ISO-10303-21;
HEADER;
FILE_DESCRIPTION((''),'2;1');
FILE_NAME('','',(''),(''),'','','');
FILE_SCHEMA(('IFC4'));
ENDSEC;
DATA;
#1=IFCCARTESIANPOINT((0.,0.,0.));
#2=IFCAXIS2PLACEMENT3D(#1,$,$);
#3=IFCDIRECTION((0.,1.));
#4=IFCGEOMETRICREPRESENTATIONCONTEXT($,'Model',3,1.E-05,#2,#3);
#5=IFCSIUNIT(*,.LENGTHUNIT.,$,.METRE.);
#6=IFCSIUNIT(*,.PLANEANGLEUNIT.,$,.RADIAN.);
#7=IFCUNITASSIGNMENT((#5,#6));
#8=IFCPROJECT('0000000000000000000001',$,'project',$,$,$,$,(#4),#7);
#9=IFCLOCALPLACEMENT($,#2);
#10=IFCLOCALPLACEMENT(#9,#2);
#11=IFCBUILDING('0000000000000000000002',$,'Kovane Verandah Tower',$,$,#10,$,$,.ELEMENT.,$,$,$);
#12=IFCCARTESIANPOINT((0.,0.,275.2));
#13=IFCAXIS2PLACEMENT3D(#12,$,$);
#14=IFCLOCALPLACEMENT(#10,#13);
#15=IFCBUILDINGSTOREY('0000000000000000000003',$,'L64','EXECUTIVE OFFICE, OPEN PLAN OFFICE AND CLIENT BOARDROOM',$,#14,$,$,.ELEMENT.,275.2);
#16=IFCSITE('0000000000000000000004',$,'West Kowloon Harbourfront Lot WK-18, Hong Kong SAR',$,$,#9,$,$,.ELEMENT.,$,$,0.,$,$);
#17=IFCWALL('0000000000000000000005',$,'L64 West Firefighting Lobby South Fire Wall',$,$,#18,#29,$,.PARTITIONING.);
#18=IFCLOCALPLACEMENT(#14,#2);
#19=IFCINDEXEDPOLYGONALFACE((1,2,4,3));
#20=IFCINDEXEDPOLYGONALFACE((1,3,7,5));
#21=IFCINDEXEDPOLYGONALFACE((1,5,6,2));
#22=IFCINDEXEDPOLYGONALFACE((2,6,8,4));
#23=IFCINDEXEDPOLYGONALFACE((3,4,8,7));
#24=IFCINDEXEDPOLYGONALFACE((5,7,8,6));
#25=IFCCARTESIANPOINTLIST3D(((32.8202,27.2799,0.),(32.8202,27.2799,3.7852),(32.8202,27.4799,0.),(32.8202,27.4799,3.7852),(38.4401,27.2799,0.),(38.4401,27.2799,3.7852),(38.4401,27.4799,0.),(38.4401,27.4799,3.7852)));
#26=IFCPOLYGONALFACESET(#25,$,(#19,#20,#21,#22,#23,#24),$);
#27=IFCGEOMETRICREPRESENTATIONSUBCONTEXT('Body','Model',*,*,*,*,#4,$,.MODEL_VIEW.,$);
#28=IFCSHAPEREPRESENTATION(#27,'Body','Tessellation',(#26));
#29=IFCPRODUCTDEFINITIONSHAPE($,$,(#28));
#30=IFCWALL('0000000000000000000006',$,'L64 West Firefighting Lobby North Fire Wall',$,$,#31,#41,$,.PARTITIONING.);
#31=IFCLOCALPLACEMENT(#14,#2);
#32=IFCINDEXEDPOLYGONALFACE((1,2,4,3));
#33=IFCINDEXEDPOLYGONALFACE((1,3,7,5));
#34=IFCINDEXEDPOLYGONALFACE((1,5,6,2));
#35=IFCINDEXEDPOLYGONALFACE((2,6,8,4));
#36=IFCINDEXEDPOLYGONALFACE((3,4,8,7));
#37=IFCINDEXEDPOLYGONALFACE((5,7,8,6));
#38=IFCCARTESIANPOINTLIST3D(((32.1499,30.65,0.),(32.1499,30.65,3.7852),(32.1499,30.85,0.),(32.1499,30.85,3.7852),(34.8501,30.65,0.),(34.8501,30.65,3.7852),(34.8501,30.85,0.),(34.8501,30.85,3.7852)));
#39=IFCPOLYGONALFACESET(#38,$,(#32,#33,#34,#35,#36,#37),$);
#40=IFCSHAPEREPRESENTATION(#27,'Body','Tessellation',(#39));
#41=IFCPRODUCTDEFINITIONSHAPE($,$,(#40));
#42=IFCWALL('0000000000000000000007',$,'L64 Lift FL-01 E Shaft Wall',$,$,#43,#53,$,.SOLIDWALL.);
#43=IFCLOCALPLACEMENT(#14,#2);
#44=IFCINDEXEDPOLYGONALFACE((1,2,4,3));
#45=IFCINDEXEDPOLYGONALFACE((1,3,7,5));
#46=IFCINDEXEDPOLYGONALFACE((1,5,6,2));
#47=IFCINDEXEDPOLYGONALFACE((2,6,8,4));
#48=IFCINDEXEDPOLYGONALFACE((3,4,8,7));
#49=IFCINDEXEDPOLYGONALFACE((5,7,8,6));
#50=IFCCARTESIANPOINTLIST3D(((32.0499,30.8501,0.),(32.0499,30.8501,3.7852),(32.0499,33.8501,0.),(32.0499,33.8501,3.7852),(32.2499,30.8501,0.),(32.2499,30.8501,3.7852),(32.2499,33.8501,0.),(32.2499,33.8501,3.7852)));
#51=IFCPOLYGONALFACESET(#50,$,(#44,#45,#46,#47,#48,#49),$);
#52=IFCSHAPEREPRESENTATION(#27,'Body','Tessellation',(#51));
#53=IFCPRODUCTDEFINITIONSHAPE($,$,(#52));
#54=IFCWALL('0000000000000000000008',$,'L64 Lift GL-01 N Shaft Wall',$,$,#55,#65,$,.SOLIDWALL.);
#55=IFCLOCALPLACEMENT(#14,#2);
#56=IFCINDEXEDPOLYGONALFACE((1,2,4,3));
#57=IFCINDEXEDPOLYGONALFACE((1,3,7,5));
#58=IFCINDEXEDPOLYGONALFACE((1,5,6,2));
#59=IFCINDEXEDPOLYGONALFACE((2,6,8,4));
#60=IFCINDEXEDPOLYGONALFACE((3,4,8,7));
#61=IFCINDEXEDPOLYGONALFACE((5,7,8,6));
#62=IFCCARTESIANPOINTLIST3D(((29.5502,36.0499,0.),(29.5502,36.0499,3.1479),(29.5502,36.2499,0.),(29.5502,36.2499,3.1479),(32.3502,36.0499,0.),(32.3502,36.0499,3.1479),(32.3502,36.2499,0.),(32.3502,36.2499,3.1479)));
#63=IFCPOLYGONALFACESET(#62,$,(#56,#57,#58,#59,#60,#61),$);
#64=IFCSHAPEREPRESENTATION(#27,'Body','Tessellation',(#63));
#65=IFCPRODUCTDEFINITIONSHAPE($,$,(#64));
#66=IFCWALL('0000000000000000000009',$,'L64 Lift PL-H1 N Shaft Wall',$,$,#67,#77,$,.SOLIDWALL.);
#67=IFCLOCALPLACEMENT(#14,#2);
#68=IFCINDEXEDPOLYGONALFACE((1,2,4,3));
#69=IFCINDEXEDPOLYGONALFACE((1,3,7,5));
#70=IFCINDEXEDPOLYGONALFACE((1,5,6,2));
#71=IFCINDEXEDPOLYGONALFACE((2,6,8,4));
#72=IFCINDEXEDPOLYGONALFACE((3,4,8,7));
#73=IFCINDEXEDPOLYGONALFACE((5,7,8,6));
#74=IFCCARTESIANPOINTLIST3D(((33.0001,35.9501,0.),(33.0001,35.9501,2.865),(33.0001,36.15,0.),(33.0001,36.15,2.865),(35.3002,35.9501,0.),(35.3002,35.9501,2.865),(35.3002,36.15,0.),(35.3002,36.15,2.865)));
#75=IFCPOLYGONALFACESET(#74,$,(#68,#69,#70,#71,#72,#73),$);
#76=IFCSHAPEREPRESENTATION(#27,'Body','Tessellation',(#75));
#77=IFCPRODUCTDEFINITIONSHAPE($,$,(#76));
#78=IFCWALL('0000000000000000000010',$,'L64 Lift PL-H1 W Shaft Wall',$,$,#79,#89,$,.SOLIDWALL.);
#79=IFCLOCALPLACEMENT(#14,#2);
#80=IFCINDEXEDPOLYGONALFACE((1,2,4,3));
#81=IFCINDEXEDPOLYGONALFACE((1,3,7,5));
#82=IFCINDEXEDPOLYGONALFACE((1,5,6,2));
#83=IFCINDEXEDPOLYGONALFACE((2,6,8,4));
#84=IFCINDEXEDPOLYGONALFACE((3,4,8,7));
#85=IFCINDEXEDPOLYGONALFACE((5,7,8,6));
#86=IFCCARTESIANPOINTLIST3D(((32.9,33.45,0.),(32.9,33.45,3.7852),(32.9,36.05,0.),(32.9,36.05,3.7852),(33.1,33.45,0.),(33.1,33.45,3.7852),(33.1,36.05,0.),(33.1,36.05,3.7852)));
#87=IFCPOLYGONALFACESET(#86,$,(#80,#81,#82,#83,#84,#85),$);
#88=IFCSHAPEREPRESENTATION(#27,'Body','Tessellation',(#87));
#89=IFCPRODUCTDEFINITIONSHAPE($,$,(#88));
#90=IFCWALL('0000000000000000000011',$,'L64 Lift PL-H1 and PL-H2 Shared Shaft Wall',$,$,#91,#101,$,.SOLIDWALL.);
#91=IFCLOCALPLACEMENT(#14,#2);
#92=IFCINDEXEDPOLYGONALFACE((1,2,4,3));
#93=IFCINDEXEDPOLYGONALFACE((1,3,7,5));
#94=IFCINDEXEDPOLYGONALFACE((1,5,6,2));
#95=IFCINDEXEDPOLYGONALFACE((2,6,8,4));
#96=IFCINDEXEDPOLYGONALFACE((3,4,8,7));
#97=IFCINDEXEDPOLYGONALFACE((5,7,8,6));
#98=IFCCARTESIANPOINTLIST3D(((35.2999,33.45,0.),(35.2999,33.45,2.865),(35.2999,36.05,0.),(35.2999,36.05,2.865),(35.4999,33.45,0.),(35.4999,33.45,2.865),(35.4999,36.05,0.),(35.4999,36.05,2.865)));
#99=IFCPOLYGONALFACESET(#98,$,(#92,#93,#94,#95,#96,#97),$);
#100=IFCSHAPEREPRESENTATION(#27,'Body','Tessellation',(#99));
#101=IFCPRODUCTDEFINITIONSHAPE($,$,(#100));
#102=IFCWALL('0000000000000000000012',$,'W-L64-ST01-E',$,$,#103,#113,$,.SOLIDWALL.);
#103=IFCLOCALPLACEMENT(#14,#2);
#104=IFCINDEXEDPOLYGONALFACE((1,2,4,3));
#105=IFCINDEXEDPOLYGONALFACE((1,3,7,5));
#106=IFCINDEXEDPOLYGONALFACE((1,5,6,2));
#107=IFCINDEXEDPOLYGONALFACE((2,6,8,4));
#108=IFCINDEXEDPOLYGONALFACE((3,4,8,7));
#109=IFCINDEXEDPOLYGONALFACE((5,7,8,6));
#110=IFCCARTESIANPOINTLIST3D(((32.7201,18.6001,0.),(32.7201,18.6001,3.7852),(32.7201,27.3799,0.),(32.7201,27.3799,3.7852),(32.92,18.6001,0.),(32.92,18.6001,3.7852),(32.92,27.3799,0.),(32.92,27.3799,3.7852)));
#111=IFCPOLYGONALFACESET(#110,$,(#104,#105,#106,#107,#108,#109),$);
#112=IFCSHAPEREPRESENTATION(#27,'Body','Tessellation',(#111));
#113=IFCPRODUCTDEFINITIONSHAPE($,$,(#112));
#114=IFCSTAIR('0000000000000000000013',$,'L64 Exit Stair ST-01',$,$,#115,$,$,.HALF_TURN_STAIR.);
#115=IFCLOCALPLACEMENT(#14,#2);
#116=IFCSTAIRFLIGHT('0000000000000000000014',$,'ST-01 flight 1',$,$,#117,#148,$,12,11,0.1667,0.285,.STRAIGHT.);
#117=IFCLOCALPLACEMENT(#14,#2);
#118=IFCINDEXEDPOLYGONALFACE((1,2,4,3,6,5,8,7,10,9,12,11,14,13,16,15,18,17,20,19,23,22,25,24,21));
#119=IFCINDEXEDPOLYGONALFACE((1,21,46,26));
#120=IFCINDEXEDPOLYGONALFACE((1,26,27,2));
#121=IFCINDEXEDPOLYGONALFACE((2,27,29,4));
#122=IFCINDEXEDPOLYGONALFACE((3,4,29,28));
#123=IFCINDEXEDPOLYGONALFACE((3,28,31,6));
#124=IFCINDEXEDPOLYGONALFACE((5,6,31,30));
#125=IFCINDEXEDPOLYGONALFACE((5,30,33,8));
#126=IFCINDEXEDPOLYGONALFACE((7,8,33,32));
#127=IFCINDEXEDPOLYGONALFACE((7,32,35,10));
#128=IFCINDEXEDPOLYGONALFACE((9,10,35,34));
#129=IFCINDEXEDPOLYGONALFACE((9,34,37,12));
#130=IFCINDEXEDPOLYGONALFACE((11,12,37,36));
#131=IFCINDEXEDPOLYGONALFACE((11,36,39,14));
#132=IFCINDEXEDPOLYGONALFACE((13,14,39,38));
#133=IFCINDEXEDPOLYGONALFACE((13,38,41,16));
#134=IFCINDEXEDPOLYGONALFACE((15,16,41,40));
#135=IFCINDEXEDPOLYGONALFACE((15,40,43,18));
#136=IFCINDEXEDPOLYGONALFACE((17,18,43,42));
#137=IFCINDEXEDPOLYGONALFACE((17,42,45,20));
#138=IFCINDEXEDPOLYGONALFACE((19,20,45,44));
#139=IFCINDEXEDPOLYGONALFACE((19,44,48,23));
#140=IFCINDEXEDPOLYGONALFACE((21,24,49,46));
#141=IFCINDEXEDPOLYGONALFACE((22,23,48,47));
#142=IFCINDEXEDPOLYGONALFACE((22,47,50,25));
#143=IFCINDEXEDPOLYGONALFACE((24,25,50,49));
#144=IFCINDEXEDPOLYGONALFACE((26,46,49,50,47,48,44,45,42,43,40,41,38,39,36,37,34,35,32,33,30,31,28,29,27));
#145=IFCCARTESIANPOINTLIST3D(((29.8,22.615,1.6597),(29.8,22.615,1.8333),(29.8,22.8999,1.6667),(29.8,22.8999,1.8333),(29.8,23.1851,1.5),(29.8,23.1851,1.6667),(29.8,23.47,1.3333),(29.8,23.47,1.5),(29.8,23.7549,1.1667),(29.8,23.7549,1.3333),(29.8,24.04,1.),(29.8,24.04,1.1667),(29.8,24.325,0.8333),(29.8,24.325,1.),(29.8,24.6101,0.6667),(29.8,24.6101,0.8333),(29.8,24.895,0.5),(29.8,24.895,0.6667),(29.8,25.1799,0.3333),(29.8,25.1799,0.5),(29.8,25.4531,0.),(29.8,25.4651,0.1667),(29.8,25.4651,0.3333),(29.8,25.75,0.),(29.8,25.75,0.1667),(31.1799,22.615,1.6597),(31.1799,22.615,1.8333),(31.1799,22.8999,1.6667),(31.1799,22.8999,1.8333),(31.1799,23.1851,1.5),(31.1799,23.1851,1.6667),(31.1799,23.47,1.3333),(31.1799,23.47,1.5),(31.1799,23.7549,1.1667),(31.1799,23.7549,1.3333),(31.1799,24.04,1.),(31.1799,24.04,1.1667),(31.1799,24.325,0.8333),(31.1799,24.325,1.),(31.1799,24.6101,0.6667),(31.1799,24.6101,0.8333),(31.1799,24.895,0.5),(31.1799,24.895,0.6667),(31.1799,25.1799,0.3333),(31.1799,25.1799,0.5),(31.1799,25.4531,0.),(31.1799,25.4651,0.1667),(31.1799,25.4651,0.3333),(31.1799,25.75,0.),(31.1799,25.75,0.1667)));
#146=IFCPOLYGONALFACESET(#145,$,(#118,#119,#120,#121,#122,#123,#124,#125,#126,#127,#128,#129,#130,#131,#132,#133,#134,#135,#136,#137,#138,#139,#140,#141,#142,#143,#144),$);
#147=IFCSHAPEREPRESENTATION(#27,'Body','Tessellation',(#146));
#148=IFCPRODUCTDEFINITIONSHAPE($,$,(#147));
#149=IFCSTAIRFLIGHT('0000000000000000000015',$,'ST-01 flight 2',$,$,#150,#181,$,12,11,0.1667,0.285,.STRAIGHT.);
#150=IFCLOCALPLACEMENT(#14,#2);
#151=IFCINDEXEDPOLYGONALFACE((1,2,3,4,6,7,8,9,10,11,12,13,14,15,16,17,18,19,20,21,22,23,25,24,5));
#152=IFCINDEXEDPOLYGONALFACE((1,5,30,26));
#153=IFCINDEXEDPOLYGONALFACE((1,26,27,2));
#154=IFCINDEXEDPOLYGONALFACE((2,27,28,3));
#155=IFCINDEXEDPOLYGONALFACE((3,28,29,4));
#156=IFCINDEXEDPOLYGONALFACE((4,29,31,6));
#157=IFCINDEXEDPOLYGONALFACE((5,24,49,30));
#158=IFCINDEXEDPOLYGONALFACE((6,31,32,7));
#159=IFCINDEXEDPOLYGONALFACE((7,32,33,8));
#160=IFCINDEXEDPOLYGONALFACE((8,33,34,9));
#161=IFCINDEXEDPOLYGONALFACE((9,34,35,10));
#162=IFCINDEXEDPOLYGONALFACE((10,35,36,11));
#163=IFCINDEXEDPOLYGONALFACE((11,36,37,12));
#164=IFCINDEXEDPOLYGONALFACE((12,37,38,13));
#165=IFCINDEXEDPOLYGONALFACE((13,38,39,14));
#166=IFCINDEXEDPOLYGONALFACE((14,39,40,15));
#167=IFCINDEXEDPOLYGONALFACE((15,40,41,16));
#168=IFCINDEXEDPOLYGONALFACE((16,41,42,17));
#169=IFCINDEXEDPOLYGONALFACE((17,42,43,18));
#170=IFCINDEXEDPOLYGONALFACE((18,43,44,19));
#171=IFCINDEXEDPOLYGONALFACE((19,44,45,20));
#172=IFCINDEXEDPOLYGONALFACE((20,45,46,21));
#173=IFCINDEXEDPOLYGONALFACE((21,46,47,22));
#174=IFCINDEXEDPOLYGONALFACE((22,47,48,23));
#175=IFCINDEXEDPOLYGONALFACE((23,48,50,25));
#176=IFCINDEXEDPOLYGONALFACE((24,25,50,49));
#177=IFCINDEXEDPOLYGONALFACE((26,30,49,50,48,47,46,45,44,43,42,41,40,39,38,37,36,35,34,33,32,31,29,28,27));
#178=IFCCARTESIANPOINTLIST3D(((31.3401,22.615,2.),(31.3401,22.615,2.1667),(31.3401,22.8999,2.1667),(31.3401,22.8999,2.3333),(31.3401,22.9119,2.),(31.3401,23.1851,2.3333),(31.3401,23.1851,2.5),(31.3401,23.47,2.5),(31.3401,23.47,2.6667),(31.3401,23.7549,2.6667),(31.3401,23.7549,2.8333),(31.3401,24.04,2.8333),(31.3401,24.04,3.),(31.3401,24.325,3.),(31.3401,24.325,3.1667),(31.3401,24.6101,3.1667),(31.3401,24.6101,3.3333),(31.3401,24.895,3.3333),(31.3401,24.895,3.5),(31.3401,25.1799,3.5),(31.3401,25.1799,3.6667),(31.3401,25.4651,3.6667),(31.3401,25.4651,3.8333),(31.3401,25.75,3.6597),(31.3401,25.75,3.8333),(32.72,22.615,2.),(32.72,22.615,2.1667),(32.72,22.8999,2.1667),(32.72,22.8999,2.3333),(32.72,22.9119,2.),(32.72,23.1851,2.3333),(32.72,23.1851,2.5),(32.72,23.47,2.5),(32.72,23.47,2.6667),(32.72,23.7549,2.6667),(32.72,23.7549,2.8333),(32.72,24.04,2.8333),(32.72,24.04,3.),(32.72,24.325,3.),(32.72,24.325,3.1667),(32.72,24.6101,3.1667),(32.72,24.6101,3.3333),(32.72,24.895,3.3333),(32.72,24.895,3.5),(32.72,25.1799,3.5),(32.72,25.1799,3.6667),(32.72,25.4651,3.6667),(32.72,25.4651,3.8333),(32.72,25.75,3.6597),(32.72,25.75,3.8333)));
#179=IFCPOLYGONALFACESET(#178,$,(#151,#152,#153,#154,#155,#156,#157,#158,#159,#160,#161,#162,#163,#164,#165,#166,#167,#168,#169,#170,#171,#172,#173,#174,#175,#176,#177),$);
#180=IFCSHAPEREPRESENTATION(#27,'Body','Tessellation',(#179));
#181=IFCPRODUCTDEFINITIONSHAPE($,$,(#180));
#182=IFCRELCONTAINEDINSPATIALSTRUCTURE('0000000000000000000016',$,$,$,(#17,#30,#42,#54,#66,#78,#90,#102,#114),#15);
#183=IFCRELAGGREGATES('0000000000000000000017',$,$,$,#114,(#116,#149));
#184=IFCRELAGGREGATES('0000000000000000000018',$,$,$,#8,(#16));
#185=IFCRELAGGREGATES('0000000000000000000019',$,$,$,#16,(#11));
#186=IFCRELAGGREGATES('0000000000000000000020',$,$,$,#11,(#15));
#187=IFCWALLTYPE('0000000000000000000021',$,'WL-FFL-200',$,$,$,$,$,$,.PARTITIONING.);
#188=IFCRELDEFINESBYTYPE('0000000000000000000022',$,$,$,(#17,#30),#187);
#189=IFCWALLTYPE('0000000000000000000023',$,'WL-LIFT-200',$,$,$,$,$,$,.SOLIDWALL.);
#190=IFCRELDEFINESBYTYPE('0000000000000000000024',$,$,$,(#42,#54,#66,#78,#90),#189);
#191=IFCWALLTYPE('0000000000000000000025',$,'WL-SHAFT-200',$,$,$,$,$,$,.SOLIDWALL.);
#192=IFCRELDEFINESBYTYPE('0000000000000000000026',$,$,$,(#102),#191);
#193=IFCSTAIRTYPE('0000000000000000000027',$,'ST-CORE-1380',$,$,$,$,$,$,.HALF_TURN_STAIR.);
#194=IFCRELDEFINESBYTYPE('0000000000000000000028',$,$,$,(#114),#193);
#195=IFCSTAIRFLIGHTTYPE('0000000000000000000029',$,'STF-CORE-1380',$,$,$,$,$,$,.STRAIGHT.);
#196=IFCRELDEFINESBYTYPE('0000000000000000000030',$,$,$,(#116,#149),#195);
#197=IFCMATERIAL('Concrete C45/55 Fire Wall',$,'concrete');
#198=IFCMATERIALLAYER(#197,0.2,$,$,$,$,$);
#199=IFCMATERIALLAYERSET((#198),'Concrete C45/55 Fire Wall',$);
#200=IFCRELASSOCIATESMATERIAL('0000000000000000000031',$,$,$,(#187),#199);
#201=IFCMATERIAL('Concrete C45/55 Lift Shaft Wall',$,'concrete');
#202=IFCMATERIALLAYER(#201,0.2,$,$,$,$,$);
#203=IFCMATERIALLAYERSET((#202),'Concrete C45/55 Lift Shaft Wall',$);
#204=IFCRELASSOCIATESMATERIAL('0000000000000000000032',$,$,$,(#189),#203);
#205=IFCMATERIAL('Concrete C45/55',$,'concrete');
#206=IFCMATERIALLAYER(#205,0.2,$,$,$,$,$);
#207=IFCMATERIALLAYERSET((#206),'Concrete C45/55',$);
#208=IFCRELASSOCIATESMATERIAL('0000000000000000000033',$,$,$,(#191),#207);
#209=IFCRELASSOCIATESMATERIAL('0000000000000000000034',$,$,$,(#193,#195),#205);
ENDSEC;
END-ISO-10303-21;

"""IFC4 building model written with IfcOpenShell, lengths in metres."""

from ifc_helpers import new_model, si_unit, direction, frame, frame_2d, origin, place, context, subcontext, project, spatial, polyline, rectangle, outline, extrude, material, layer, layer_set, type_object, element, aggregate, save


model = new_model("IFC4")

# Units and contexts
model_context = context("Model", 3, precision=1e-05, world=origin(), true_north=direction((0.0, 1.0)))
body_context = subcontext(model_context, "Body", "Model", "MODEL_VIEW")
ifc_project = project(units=[si_unit("LENGTHUNIT", "METRE"), si_unit("PLANEANGLEUNIT", "RADIAN")], contexts=[model_context])

# Site, building, storey
site_placement = place(None, origin())
site = spatial("IfcSite", under=ifc_project, at=site_placement, Name="West Kowloon Harbourfront Lot WK-18, Hong Kong SAR", CompositionType="ELEMENT", RefElevation=0.0)
building_placement = place(site_placement, origin())
building = spatial("IfcBuilding", under=site, at=building_placement, Name="Kovane Verandah Tower", CompositionType="ELEMENT")
storey_placement = place(building_placement, frame((0.0, 0.0, 275.2)))
storey = spatial("IfcBuildingStorey", under=building, at=storey_placement, Name="L64", Description="EXECUTIVE OFFICE, OPEN PLAN OFFICE AND CLIENT BOARDROOM", CompositionType="ELEMENT", Elevation=275.2)

# Shared definitions
ifc_material_1 = material(Name="Concrete C45/55 Fire Wall", Category="concrete")
ifc_layer_1 = layer(ifc_material_1, 0.2)
ifc_layer_set_1 = layer_set([ifc_layer_1], Name="Concrete C45/55 Fire Wall")
wall_type_1 = type_object("IfcWallType", Name="WL-FFL-200", PredefinedType="PARTITIONING", material=ifc_layer_set_1)

# Walls
wall_1_placement = place(storey_placement, frame((32.8201, 27.3799, 0.0), z_axis=(0.0, 0.0, 1.0), x_axis=(1.0, 0.0, 0.0)))
element("IfcWall", 1, at=wall_1_placement, inside=storey, type_object=wall_type_1, Name="L64 West Firefighting Lobby South Fire Wall", PredefinedType="PARTITIONING", context=body_context, shape_type="SweptSolid", body=[
    extrude(rectangle(XDim=5.6199, YDim=0.2, at=frame_2d((2.8101, 0.0))), origin(), (0.0, 0.0, 1.0), 3.7852),
])
wall_2_placement = place(storey_placement, frame((32.1499, 30.75, 0.0), z_axis=(0.0, 0.0, 1.0), x_axis=(1.0, 0.0, 0.0)))
element("IfcWall", 2, at=wall_2_placement, inside=storey, type_object=wall_type_1, Name="L64 West Firefighting Lobby North Fire Wall", PredefinedType="PARTITIONING", context=body_context, shape_type="SweptSolid", body=[
    extrude(rectangle(XDim=2.7002, YDim=0.2, at=frame_2d((1.3501, 0.0))), origin(), (0.0, 0.0, 1.0), 3.7852),
])
ifc_material_2 = material(Name="Concrete C45/55 Lift Shaft Wall", Category="concrete")
ifc_layer_2 = layer(ifc_material_2, 0.2)
ifc_layer_set_2 = layer_set([ifc_layer_2], Name="Concrete C45/55 Lift Shaft Wall")
wall_type_2 = type_object("IfcWallType", Name="WL-LIFT-200", PredefinedType="SOLIDWALL", material=ifc_layer_set_2)
wall_3_placement = place(storey_placement, frame((32.1499, 30.8501, 0.0), z_axis=(0.0, 0.0, 1.0), x_axis=(0.0, 1.0, 0.0)))
element("IfcWall", 3, at=wall_3_placement, inside=storey, type_object=wall_type_2, Name="L64 Lift FL-01 E Shaft Wall", PredefinedType="SOLIDWALL", context=body_context, shape_type="SweptSolid", body=[
    extrude(rectangle(XDim=3.0, YDim=0.2, at=frame_2d((1.5, 0.0))), origin(), (0.0, 0.0, 1.0), 3.7852),
])
wall_4_placement = place(storey_placement, frame((32.3501, 36.1499, 0.0), z_axis=(0.0, 0.0, 1.0), x_axis=(-1.0, 0.0, 0.0)))
element("IfcWall", 4, at=wall_4_placement, inside=storey, type_object=wall_type_2, Name="L64 Lift GL-01 N Shaft Wall", PredefinedType="SOLIDWALL", context=body_context, shape_type="SweptSolid", body=[
    extrude(rectangle(XDim=2.8, YDim=0.2, at=frame_2d((1.3999, 0.0))), origin(), (0.0, 0.0, 1.0), 3.1479),
])

# Walls
wall_5_placement = place(storey_placement, frame((35.3, 36.05, 0.0), z_axis=(0.0, 0.0, 1.0), x_axis=(-1.0, 0.0, 0.0)))
element("IfcWall", 5, at=wall_5_placement, inside=storey, type_object=wall_type_2, Name="L64 Lift PL-H1 N Shaft Wall", PredefinedType="SOLIDWALL", context=body_context, shape_type="SweptSolid", body=[
    extrude(rectangle(XDim=2.3, YDim=0.2, at=frame_2d((1.1499, 0.0))), origin(), (0.0, 0.0, 1.0), 2.865),
])
wall_6_placement = place(storey_placement, frame((33.0, 36.05, 0.0), z_axis=(0.0, 0.0, 1.0), x_axis=(0.0, -1.0, 0.0)))
element("IfcWall", 6, at=wall_6_placement, inside=storey, type_object=wall_type_2, Name="L64 Lift PL-H1 W Shaft Wall", PredefinedType="SOLIDWALL", context=body_context, shape_type="SweptSolid", body=[
    extrude(rectangle(XDim=2.6001, YDim=0.2, at=frame_2d((1.3, 0.0))), origin(), (0.0, 0.0, 1.0), 3.7852),
])
wall_7_placement = place(storey_placement, frame((35.3999, 33.45, 0.0), z_axis=(0.0, 0.0, 1.0), x_axis=(0.0, 1.0, 0.0)))
element("IfcWall", 7, at=wall_7_placement, inside=storey, type_object=wall_type_2, Name="L64 Lift PL-H1 and PL-H2 Shared Shaft Wall", PredefinedType="SOLIDWALL", context=body_context, shape_type="SweptSolid", body=[
    extrude(rectangle(XDim=2.6001, YDim=0.2, at=frame_2d((1.3, 0.0))), origin(), (0.0, 0.0, 1.0), 2.865),
])

# Wall
ifc_material_3 = material(Name="Concrete C45/55", Category="concrete")
ifc_layer_3 = layer(ifc_material_3, 0.2)
ifc_layer_set_3 = layer_set([ifc_layer_3], Name="Concrete C45/55")
wall_type_3 = type_object("IfcWallType", Name="WL-SHAFT-200", PredefinedType="SOLIDWALL", material=ifc_layer_set_3)
wall_8_placement = place(storey_placement, frame((32.8201, 18.6001, 0.0), z_axis=(0.0, 0.0, 1.0), x_axis=(0.0, 1.0, 0.0)))
element("IfcWall", 8, at=wall_8_placement, inside=storey, type_object=wall_type_3, Name="W-L64-ST01-E", PredefinedType="SOLIDWALL", context=body_context, shape_type="SweptSolid", body=[
    extrude(rectangle(XDim=8.7798, YDim=0.2, at=frame_2d((4.3899, 0.0))), origin(), (0.0, 0.0, 1.0), 3.7852),
])

# Stair, stair flights
stair_type = type_object("IfcStairType", Name="ST-CORE-1380", PredefinedType="HALF_TURN_STAIR", material=ifc_material_3)
stair_placement = place(storey_placement, origin())
stair = element("IfcStair", 9, at=stair_placement, inside=storey, type_object=stair_type, Name="L64 Exit Stair ST-01", PredefinedType="HALF_TURN_STAIR")
stair_flight_type = type_object("IfcStairFlightType", Name="STF-CORE-1380", PredefinedType="STRAIGHT", material=ifc_material_3)
stair_flight_1_placement = place(storey_placement, frame((30.49, 25.75, 0.0), z_axis=(0.0, 0.0, 1.0), x_axis=(0.0, -1.0, 0.0)))
stair_flight_1 = element("IfcStairFlight", 10, at=stair_flight_1_placement, type_object=stair_flight_type, Name="ST-01 flight 1", NumberOfRisers=12, NumberOfTreads=11, PredefinedType="STRAIGHT", RiserHeight=0.1667, TreadLength=0.285, context=body_context, shape_type="SweptSolid", body=[
    extrude(outline(polyline([(0.0, 0.0), (0.0, 0.1667), (0.2849, 0.1667), (0.2849, 0.3333), (0.5701, 0.3333), (0.5701, 0.5), (0.855, 0.5), (0.855, 0.6667), (1.1399, 0.6667), (1.1399, 0.8333), (1.425, 0.8333), (1.425, 1.0), (1.71, 1.0), (1.71, 1.1667), (1.9951, 1.1667), (1.9951, 1.3333), (2.28, 1.3333), (2.28, 1.5), (2.5649, 1.5), (2.5649, 1.6667), (2.8501, 1.6667), (2.8501, 1.8333), (3.135, 1.8333), (3.135, 2.0), (3.135, 1.6597), (0.2969, 0.0), (0.0, 0.0)])), frame((0.0, 0.6899, 0.0), z_axis=(0.0, -1.0, 0.0), x_axis=(1.0, 0.0, 0.0)), (0.0, 0.0, 1.0), 1.3799),
])
stair_flight_2_placement = place(storey_placement, frame((32.03, 22.615, 2.0), z_axis=(0.0, 0.0, 1.0), x_axis=(0.0, 1.0, 0.0)))
stair_flight_2 = element("IfcStairFlight", 11, at=stair_flight_2_placement, type_object=stair_flight_type, Name="ST-01 flight 2", NumberOfRisers=12, NumberOfTreads=11, PredefinedType="STRAIGHT", RiserHeight=0.1667, TreadLength=0.285, context=body_context, shape_type="SweptSolid", body=[
    extrude(outline(polyline([(0.0, 0.0), (0.0, 0.1667), (0.2849, 0.1667), (0.2849, 0.3333), (0.5701, 0.3333), (0.5701, 0.5), (0.855, 0.5), (0.855, 0.6667), (1.1399, 0.6667), (1.1399, 0.8333), (1.425, 0.8333), (1.425, 1.0), (1.71, 1.0), (1.71, 1.1667), (1.9951, 1.1667), (1.9951, 1.3333), (2.28, 1.3333), (2.28, 1.5), (2.5649, 1.5), (2.5649, 1.6667), (2.8501, 1.6667), (2.8501, 1.8333), (3.135, 1.8333), (3.135, 2.0), (3.135, 1.6597), (0.2969, 0.0), (0.0, 0.0)])), frame((0.0, 0.6899, 0.0), z_axis=(0.0, -1.0, 0.0), x_axis=(1.0, 0.0, 0.0)), (0.0, 0.0, 1.0), 1.3799),
])
aggregate(stair, [stair_flight_1, stair_flight_2])

save(model, "model.ifc")
